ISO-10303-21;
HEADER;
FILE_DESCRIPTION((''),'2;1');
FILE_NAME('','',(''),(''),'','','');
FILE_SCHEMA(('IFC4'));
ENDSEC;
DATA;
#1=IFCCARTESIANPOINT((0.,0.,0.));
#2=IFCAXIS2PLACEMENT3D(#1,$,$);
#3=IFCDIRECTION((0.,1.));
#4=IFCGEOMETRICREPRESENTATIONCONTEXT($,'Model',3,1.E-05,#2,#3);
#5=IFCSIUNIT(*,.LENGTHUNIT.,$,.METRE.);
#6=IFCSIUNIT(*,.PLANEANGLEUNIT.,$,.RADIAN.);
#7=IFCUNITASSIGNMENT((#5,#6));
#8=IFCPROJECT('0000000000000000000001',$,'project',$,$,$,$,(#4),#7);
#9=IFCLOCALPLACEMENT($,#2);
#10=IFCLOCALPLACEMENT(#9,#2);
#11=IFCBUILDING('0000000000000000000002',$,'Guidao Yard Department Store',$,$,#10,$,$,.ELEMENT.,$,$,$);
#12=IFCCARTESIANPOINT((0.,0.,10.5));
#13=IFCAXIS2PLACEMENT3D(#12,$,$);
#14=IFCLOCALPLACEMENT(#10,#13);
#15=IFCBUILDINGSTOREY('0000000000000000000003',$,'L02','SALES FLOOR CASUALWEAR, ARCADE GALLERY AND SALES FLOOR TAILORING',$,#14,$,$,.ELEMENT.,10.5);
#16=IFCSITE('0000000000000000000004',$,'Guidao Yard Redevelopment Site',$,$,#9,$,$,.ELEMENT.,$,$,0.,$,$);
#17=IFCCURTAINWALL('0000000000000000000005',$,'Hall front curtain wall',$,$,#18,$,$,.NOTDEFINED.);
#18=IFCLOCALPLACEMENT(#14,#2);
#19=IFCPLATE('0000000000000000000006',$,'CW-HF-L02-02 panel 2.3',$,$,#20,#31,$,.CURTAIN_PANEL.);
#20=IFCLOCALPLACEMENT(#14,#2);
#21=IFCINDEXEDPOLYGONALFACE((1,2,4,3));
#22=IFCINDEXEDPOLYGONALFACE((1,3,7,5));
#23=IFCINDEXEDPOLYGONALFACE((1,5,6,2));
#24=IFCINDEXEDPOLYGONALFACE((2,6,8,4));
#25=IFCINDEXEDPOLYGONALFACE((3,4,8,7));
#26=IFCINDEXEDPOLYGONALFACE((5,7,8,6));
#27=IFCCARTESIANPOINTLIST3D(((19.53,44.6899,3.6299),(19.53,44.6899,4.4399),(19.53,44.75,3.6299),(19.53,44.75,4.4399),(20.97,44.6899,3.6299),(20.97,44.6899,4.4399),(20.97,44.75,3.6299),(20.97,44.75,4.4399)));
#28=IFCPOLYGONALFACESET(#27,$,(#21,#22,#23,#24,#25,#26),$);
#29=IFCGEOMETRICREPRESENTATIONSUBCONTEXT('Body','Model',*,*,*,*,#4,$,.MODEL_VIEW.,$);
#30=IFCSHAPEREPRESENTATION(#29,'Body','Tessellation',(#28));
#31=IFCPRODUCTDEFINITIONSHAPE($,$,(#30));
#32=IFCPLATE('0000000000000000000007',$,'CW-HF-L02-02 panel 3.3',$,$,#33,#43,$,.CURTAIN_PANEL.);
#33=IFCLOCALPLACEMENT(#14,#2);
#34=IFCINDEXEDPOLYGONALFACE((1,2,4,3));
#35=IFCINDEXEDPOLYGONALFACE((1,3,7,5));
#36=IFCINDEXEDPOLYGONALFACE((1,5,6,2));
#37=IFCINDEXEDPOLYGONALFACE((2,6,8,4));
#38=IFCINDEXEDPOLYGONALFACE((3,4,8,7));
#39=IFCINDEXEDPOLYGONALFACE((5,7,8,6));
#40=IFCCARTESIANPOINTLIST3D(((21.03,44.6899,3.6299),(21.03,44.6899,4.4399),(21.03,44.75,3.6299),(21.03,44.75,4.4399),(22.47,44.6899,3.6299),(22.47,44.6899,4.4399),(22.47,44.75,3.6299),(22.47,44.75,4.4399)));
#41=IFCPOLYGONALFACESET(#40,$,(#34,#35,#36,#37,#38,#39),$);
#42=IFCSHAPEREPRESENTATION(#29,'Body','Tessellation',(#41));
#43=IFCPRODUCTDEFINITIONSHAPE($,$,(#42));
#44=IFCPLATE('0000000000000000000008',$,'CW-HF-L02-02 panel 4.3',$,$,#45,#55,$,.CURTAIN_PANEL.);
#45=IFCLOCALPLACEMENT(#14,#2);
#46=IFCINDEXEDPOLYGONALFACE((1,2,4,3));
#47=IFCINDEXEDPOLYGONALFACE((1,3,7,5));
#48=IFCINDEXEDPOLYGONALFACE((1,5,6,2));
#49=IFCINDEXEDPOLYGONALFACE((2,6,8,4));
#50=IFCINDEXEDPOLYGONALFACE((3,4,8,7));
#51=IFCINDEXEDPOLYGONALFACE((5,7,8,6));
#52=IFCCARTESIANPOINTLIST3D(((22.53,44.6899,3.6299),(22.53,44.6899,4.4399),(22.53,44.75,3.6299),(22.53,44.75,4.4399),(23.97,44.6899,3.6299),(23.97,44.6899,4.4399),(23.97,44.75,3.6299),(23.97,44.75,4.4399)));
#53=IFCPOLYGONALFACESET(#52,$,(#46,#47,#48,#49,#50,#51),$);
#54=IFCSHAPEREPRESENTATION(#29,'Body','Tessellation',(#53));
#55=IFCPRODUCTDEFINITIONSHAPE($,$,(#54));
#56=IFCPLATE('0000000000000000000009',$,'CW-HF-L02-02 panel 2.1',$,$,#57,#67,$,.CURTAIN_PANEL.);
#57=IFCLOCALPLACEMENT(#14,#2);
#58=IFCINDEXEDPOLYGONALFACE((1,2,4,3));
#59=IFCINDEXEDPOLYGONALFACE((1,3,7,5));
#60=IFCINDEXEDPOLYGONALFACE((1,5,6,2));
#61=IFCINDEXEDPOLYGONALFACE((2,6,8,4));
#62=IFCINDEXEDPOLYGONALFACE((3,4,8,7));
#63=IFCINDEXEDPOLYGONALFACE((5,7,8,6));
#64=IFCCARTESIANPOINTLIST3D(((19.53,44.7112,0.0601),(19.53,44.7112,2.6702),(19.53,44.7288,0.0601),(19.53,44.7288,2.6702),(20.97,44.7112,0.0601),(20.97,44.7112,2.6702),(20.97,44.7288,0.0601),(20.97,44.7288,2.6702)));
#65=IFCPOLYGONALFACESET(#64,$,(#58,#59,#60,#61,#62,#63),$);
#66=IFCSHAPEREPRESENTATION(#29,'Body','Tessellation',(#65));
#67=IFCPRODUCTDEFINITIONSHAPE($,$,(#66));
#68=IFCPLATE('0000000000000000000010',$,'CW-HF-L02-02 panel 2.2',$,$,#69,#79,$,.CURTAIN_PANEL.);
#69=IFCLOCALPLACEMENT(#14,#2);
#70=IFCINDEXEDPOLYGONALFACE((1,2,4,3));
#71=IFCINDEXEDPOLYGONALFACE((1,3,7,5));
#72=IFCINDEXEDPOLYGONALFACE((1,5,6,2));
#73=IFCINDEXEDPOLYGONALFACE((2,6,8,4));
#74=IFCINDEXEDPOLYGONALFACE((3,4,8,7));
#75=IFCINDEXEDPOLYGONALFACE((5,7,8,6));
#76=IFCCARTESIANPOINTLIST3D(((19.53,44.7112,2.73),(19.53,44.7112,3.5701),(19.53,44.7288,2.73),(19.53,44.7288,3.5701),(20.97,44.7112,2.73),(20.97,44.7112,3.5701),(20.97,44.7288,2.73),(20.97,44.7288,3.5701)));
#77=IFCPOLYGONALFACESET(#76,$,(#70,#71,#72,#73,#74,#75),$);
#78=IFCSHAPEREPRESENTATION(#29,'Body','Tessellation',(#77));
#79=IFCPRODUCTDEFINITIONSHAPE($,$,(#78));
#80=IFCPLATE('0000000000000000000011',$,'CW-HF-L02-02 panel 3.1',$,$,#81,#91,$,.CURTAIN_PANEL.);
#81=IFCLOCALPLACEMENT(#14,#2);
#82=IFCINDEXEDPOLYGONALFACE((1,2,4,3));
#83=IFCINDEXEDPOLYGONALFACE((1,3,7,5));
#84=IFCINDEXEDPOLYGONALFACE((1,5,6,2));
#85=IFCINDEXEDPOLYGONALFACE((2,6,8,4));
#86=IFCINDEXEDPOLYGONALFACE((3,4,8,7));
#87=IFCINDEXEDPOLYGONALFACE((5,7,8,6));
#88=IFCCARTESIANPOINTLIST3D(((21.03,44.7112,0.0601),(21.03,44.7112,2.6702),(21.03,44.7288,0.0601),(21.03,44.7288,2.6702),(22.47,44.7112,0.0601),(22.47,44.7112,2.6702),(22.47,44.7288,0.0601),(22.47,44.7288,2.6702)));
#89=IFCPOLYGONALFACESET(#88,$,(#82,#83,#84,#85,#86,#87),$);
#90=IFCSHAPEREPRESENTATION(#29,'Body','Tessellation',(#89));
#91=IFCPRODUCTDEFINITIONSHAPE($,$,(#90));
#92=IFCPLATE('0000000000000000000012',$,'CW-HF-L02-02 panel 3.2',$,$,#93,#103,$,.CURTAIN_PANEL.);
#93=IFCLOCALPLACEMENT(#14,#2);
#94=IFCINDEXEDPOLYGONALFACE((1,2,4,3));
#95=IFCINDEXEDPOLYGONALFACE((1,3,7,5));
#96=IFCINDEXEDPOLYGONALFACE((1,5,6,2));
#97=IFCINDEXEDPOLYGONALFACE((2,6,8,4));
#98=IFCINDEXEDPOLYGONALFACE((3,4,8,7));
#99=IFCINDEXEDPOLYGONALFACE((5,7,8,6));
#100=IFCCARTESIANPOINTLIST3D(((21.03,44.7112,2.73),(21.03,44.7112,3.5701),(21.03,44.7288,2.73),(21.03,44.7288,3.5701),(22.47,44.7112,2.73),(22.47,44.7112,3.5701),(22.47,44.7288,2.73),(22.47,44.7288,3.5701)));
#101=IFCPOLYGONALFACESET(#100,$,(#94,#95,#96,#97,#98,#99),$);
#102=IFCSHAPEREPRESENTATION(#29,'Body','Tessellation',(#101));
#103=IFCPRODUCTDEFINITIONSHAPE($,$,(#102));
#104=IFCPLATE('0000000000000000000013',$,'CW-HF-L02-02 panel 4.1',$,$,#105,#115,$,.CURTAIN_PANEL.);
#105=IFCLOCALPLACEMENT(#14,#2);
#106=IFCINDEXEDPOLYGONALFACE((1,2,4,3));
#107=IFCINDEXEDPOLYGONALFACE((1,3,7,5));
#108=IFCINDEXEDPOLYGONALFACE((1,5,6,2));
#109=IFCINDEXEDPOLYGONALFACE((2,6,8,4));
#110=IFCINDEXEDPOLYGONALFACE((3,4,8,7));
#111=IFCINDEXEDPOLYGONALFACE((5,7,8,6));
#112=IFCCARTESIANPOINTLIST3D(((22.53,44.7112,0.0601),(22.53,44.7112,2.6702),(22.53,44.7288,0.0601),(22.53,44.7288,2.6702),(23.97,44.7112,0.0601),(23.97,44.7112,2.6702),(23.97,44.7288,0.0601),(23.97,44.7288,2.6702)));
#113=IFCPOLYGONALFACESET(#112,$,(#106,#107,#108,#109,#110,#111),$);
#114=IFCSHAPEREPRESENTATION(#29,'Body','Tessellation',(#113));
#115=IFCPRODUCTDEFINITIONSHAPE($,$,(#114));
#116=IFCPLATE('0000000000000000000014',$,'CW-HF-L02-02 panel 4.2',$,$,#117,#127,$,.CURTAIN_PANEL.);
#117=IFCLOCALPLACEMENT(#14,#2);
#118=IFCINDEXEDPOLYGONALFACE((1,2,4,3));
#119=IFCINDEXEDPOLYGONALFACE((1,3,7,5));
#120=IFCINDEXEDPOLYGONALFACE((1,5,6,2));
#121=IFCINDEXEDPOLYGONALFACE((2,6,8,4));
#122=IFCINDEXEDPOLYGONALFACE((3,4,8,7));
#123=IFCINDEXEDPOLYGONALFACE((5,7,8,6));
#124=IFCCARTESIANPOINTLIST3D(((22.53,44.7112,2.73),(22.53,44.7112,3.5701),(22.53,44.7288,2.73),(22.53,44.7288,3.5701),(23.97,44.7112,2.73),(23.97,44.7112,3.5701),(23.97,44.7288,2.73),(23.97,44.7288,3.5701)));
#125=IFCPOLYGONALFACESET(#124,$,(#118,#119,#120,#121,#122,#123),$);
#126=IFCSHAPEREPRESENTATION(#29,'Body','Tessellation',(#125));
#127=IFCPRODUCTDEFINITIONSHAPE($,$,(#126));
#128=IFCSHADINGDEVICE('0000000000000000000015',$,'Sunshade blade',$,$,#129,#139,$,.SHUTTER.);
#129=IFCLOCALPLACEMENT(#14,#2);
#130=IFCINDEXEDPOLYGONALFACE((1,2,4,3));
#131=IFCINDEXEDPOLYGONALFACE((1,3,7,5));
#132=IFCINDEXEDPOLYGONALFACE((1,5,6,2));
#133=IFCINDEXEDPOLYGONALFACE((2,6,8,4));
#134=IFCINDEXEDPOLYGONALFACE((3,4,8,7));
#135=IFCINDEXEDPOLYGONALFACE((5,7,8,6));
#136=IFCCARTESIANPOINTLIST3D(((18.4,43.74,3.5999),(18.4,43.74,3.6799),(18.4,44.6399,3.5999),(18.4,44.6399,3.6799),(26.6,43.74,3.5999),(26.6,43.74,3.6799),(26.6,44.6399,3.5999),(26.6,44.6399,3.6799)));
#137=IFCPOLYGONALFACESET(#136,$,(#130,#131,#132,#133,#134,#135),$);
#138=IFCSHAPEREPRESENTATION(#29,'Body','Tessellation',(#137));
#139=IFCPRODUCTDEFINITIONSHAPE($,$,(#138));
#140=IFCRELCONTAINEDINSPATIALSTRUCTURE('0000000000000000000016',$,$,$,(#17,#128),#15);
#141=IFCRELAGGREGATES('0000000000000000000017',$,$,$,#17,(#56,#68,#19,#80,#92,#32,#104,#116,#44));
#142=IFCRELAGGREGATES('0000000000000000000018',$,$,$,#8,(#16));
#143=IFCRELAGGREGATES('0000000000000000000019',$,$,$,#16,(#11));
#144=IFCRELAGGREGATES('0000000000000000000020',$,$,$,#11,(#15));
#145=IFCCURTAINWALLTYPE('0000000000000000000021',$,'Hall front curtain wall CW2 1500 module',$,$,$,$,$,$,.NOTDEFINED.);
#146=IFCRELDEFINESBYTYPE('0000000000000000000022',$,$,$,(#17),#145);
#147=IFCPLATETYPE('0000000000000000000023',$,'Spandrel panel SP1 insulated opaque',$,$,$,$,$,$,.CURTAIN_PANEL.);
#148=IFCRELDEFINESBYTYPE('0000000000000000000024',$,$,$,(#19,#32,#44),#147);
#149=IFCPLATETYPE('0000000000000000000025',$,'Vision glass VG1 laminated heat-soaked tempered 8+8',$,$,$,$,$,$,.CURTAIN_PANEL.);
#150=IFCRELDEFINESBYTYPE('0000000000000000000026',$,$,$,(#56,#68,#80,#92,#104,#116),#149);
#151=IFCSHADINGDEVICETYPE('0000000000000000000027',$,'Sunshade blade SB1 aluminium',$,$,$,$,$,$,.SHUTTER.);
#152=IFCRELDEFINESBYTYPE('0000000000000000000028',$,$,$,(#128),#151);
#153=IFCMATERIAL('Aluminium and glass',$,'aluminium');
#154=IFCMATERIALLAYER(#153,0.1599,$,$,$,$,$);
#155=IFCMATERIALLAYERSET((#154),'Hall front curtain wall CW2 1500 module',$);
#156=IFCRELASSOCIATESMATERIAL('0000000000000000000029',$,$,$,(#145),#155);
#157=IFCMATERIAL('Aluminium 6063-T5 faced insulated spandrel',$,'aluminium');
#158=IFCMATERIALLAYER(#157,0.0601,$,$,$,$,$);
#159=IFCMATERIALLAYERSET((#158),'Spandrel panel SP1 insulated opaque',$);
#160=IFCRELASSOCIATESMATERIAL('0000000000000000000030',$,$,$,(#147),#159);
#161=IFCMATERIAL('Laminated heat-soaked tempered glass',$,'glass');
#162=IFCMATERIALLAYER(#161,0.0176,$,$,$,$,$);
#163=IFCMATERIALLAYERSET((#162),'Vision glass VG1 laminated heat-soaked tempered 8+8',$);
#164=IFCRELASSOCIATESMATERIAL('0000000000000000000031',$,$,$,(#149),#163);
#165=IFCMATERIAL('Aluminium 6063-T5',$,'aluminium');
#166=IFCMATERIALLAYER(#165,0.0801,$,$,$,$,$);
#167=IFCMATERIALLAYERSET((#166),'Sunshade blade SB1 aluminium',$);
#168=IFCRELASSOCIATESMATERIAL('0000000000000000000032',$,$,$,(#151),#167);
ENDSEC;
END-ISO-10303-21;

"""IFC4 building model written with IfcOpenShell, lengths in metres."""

from ifc_helpers import new_model, si_unit, direction, frame, origin, origin_2d, place, context, subcontext, project, spatial, rectangle, extrude, material, layer, layer_set, type_object, element, aggregate, save


model = new_model("IFC4")

# Units and contexts
model_context = context("Model", 3, precision=1e-05, world=origin(), true_north=direction((0.0, 1.0)))
body_context = subcontext(model_context, "Body", "Model", "MODEL_VIEW")
ifc_project = project(units=[si_unit("LENGTHUNIT", "METRE"), si_unit("PLANEANGLEUNIT", "RADIAN")], contexts=[model_context])

# Site, building, storey
site_placement = place(None, origin())
site = spatial("IfcSite", under=ifc_project, at=site_placement, Name="Guidao Yard Redevelopment Site", CompositionType="ELEMENT", RefElevation=0.0)
building_placement = place(site_placement, origin())
building = spatial("IfcBuilding", under=site, at=building_placement, Name="Guidao Yard Department Store", CompositionType="ELEMENT")
storey_placement = place(building_placement, frame((0.0, 0.0, 10.5)))
storey = spatial("IfcBuildingStorey", under=building, at=storey_placement, Name="L02", Description="SALES FLOOR CASUALWEAR, ARCADE GALLERY AND SALES FLOOR TAILORING", CompositionType="ELEMENT", Elevation=10.5)

# Curtain wall, plates
ifc_material_1 = material(Name="Aluminium and glass", Category="aluminium")
ifc_layer_1 = layer(ifc_material_1, 0.1599)
ifc_layer_set_1 = layer_set([ifc_layer_1], Name="Hall front curtain wall CW2 1500 module")
curtain_wall_type = type_object("IfcCurtainWallType", Name="Hall front curtain wall CW2 1500 module", PredefinedType="NOTDEFINED", material=ifc_layer_set_1)
curtain_wall_placement = place(storey_placement, origin())
curtain_wall = element("IfcCurtainWall", 1, at=curtain_wall_placement, inside=storey, type_object=curtain_wall_type, Name="Hall front curtain wall", PredefinedType="NOTDEFINED")
ifc_material_2 = material(Name="Aluminium 6063-T5 faced insulated spandrel", Category="aluminium")
ifc_layer_2 = layer(ifc_material_2, 0.0601)
ifc_layer_set_2 = layer_set([ifc_layer_2], Name="Spandrel panel SP1 insulated opaque")
plate_type_1 = type_object("IfcPlateType", Name="Spandrel panel SP1 insulated opaque", PredefinedType="CURTAIN_PANEL", material=ifc_layer_set_2)
plate_1_placement = place(storey_placement, frame((20.25, 44.72, 3.6299), z_axis=(0.0, 0.0, 1.0), x_axis=(-1.0, 0.0, 0.0)))
plate_1 = element("IfcPlate", 2, at=plate_1_placement, type_object=plate_type_1, Name="CW-HF-L02-02 panel 2.3", PredefinedType="CURTAIN_PANEL", context=body_context, shape_type="SweptSolid", body=[
    extrude(rectangle(XDim=1.4399, YDim=0.0601, at=origin_2d()), origin(), (0.0, 0.0, 1.0), 0.8101),
])
plate_2_placement = place(storey_placement, frame((21.75, 44.72, 3.6299), z_axis=(0.0, 0.0, 1.0), x_axis=(-1.0, 0.0, 0.0)))
plate_2 = element("IfcPlate", 3, at=plate_2_placement, type_object=plate_type_1, Name="CW-HF-L02-02 panel 3.3", PredefinedType="CURTAIN_PANEL", context=body_context, shape_type="SweptSolid", body=[
    extrude(rectangle(XDim=1.4399, YDim=0.0601, at=origin_2d()), origin(), (0.0, 0.0, 1.0), 0.8101),
])
plate_3_placement = place(storey_placement, frame((23.25, 44.72, 3.6299), z_axis=(0.0, 0.0, 1.0), x_axis=(-1.0, 0.0, 0.0)))
plate_3 = element("IfcPlate", 4, at=plate_3_placement, type_object=plate_type_1, Name="CW-HF-L02-02 panel 4.3", PredefinedType="CURTAIN_PANEL", context=body_context, shape_type="SweptSolid", body=[
    extrude(rectangle(XDim=1.4399, YDim=0.0601, at=origin_2d()), origin(), (0.0, 0.0, 1.0), 0.8101),
])
ifc_material_3 = material(Name="Laminated heat-soaked tempered glass", Category="glass")
ifc_layer_3 = layer(ifc_material_3, 0.0176)
ifc_layer_set_3 = layer_set([ifc_layer_3], Name="Vision glass VG1 laminated heat-soaked tempered 8+8")
plate_type_2 = type_object("IfcPlateType", Name="Vision glass VG1 laminated heat-soaked tempered 8+8", PredefinedType="CURTAIN_PANEL", material=ifc_layer_set_3)
plate_4_placement = place(storey_placement, frame((20.25, 44.72, 0.0601), z_axis=(0.0, 0.0, 1.0), x_axis=(-1.0, 0.0, 0.0)))
plate_4 = element("IfcPlate", 5, at=plate_4_placement, type_object=plate_type_2, Name="CW-HF-L02-02 panel 2.1", PredefinedType="CURTAIN_PANEL", context=body_context, shape_type="SweptSolid", body=[
    extrude(rectangle(XDim=1.4399, YDim=0.0176, at=origin_2d()), origin(), (0.0, 0.0, 1.0), 2.6101),
])
plate_5_placement = place(storey_placement, frame((20.25, 44.72, 2.73), z_axis=(0.0, 0.0, 1.0), x_axis=(-1.0, 0.0, 0.0)))
plate_5 = element("IfcPlate", 6, at=plate_5_placement, type_object=plate_type_2, Name="CW-HF-L02-02 panel 2.2", PredefinedType="CURTAIN_PANEL", context=body_context, shape_type="SweptSolid", body=[
    extrude(rectangle(XDim=1.4399, YDim=0.0176, at=origin_2d()), origin(), (0.0, 0.0, 1.0), 0.8401),
])
plate_6_placement = place(storey_placement, frame((21.75, 44.72, 0.0601), z_axis=(0.0, 0.0, 1.0), x_axis=(-1.0, 0.0, 0.0)))
plate_6 = element("IfcPlate", 7, at=plate_6_placement, type_object=plate_type_2, Name="CW-HF-L02-02 panel 3.1", PredefinedType="CURTAIN_PANEL", context=body_context, shape_type="SweptSolid", body=[
    extrude(rectangle(XDim=1.4399, YDim=0.0176, at=origin_2d()), origin(), (0.0, 0.0, 1.0), 2.6101),
])
plate_7_placement = place(storey_placement, frame((21.75, 44.72, 2.73), z_axis=(0.0, 0.0, 1.0), x_axis=(-1.0, 0.0, 0.0)))
plate_7 = element("IfcPlate", 8, at=plate_7_placement, type_object=plate_type_2, Name="CW-HF-L02-02 panel 3.2", PredefinedType="CURTAIN_PANEL", context=body_context, shape_type="SweptSolid", body=[
    extrude(rectangle(XDim=1.4399, YDim=0.0176, at=origin_2d()), origin(), (0.0, 0.0, 1.0), 0.8401),
])
plate_8_placement = place(storey_placement, frame((23.25, 44.72, 0.0601), z_axis=(0.0, 0.0, 1.0), x_axis=(-1.0, 0.0, 0.0)))
plate_8 = element("IfcPlate", 9, at=plate_8_placement, type_object=plate_type_2, Name="CW-HF-L02-02 panel 4.1", PredefinedType="CURTAIN_PANEL", context=body_context, shape_type="SweptSolid", body=[
    extrude(rectangle(XDim=1.4399, YDim=0.0176, at=origin_2d()), origin(), (0.0, 0.0, 1.0), 2.6101),
])
plate_9_placement = place(storey_placement, frame((23.25, 44.72, 2.73), z_axis=(0.0, 0.0, 1.0), x_axis=(-1.0, 0.0, 0.0)))
plate_9 = element("IfcPlate", 10, at=plate_9_placement, type_object=plate_type_2, Name="CW-HF-L02-02 panel 4.2", PredefinedType="CURTAIN_PANEL", context=body_context, shape_type="SweptSolid", body=[
    extrude(rectangle(XDim=1.4399, YDim=0.0176, at=origin_2d()), origin(), (0.0, 0.0, 1.0), 0.8401),
])
aggregate(curtain_wall, [plate_4, plate_5, plate_1, plate_6, plate_7, plate_2, plate_8, plate_9, plate_3])

# Shading device
ifc_material_4 = material(Name="Aluminium 6063-T5", Category="aluminium")
ifc_layer_4 = layer(ifc_material_4, 0.0801)
ifc_layer_set_4 = layer_set([ifc_layer_4], Name="Sunshade blade SB1 aluminium")
shading_device_type = type_object("IfcShadingDeviceType", Name="Sunshade blade SB1 aluminium", PredefinedType="SHUTTER", material=ifc_layer_set_4)
shading_device_placement = place(storey_placement, frame((22.5, 44.1899, 3.5999), z_axis=(0.0, 0.0, 1.0), x_axis=(-1.0, 0.0, 0.0)))
element("IfcShadingDevice", 11, at=shading_device_placement, inside=storey, type_object=shading_device_type, Name="Sunshade blade", PredefinedType="SHUTTER", context=body_context, shape_type="SweptSolid", body=[
    extrude(rectangle(XDim=8.2, YDim=0.8999, at=origin_2d()), origin(), (0.0, 0.0, 1.0), 0.0801),
])

save(model, "model.ifc")
